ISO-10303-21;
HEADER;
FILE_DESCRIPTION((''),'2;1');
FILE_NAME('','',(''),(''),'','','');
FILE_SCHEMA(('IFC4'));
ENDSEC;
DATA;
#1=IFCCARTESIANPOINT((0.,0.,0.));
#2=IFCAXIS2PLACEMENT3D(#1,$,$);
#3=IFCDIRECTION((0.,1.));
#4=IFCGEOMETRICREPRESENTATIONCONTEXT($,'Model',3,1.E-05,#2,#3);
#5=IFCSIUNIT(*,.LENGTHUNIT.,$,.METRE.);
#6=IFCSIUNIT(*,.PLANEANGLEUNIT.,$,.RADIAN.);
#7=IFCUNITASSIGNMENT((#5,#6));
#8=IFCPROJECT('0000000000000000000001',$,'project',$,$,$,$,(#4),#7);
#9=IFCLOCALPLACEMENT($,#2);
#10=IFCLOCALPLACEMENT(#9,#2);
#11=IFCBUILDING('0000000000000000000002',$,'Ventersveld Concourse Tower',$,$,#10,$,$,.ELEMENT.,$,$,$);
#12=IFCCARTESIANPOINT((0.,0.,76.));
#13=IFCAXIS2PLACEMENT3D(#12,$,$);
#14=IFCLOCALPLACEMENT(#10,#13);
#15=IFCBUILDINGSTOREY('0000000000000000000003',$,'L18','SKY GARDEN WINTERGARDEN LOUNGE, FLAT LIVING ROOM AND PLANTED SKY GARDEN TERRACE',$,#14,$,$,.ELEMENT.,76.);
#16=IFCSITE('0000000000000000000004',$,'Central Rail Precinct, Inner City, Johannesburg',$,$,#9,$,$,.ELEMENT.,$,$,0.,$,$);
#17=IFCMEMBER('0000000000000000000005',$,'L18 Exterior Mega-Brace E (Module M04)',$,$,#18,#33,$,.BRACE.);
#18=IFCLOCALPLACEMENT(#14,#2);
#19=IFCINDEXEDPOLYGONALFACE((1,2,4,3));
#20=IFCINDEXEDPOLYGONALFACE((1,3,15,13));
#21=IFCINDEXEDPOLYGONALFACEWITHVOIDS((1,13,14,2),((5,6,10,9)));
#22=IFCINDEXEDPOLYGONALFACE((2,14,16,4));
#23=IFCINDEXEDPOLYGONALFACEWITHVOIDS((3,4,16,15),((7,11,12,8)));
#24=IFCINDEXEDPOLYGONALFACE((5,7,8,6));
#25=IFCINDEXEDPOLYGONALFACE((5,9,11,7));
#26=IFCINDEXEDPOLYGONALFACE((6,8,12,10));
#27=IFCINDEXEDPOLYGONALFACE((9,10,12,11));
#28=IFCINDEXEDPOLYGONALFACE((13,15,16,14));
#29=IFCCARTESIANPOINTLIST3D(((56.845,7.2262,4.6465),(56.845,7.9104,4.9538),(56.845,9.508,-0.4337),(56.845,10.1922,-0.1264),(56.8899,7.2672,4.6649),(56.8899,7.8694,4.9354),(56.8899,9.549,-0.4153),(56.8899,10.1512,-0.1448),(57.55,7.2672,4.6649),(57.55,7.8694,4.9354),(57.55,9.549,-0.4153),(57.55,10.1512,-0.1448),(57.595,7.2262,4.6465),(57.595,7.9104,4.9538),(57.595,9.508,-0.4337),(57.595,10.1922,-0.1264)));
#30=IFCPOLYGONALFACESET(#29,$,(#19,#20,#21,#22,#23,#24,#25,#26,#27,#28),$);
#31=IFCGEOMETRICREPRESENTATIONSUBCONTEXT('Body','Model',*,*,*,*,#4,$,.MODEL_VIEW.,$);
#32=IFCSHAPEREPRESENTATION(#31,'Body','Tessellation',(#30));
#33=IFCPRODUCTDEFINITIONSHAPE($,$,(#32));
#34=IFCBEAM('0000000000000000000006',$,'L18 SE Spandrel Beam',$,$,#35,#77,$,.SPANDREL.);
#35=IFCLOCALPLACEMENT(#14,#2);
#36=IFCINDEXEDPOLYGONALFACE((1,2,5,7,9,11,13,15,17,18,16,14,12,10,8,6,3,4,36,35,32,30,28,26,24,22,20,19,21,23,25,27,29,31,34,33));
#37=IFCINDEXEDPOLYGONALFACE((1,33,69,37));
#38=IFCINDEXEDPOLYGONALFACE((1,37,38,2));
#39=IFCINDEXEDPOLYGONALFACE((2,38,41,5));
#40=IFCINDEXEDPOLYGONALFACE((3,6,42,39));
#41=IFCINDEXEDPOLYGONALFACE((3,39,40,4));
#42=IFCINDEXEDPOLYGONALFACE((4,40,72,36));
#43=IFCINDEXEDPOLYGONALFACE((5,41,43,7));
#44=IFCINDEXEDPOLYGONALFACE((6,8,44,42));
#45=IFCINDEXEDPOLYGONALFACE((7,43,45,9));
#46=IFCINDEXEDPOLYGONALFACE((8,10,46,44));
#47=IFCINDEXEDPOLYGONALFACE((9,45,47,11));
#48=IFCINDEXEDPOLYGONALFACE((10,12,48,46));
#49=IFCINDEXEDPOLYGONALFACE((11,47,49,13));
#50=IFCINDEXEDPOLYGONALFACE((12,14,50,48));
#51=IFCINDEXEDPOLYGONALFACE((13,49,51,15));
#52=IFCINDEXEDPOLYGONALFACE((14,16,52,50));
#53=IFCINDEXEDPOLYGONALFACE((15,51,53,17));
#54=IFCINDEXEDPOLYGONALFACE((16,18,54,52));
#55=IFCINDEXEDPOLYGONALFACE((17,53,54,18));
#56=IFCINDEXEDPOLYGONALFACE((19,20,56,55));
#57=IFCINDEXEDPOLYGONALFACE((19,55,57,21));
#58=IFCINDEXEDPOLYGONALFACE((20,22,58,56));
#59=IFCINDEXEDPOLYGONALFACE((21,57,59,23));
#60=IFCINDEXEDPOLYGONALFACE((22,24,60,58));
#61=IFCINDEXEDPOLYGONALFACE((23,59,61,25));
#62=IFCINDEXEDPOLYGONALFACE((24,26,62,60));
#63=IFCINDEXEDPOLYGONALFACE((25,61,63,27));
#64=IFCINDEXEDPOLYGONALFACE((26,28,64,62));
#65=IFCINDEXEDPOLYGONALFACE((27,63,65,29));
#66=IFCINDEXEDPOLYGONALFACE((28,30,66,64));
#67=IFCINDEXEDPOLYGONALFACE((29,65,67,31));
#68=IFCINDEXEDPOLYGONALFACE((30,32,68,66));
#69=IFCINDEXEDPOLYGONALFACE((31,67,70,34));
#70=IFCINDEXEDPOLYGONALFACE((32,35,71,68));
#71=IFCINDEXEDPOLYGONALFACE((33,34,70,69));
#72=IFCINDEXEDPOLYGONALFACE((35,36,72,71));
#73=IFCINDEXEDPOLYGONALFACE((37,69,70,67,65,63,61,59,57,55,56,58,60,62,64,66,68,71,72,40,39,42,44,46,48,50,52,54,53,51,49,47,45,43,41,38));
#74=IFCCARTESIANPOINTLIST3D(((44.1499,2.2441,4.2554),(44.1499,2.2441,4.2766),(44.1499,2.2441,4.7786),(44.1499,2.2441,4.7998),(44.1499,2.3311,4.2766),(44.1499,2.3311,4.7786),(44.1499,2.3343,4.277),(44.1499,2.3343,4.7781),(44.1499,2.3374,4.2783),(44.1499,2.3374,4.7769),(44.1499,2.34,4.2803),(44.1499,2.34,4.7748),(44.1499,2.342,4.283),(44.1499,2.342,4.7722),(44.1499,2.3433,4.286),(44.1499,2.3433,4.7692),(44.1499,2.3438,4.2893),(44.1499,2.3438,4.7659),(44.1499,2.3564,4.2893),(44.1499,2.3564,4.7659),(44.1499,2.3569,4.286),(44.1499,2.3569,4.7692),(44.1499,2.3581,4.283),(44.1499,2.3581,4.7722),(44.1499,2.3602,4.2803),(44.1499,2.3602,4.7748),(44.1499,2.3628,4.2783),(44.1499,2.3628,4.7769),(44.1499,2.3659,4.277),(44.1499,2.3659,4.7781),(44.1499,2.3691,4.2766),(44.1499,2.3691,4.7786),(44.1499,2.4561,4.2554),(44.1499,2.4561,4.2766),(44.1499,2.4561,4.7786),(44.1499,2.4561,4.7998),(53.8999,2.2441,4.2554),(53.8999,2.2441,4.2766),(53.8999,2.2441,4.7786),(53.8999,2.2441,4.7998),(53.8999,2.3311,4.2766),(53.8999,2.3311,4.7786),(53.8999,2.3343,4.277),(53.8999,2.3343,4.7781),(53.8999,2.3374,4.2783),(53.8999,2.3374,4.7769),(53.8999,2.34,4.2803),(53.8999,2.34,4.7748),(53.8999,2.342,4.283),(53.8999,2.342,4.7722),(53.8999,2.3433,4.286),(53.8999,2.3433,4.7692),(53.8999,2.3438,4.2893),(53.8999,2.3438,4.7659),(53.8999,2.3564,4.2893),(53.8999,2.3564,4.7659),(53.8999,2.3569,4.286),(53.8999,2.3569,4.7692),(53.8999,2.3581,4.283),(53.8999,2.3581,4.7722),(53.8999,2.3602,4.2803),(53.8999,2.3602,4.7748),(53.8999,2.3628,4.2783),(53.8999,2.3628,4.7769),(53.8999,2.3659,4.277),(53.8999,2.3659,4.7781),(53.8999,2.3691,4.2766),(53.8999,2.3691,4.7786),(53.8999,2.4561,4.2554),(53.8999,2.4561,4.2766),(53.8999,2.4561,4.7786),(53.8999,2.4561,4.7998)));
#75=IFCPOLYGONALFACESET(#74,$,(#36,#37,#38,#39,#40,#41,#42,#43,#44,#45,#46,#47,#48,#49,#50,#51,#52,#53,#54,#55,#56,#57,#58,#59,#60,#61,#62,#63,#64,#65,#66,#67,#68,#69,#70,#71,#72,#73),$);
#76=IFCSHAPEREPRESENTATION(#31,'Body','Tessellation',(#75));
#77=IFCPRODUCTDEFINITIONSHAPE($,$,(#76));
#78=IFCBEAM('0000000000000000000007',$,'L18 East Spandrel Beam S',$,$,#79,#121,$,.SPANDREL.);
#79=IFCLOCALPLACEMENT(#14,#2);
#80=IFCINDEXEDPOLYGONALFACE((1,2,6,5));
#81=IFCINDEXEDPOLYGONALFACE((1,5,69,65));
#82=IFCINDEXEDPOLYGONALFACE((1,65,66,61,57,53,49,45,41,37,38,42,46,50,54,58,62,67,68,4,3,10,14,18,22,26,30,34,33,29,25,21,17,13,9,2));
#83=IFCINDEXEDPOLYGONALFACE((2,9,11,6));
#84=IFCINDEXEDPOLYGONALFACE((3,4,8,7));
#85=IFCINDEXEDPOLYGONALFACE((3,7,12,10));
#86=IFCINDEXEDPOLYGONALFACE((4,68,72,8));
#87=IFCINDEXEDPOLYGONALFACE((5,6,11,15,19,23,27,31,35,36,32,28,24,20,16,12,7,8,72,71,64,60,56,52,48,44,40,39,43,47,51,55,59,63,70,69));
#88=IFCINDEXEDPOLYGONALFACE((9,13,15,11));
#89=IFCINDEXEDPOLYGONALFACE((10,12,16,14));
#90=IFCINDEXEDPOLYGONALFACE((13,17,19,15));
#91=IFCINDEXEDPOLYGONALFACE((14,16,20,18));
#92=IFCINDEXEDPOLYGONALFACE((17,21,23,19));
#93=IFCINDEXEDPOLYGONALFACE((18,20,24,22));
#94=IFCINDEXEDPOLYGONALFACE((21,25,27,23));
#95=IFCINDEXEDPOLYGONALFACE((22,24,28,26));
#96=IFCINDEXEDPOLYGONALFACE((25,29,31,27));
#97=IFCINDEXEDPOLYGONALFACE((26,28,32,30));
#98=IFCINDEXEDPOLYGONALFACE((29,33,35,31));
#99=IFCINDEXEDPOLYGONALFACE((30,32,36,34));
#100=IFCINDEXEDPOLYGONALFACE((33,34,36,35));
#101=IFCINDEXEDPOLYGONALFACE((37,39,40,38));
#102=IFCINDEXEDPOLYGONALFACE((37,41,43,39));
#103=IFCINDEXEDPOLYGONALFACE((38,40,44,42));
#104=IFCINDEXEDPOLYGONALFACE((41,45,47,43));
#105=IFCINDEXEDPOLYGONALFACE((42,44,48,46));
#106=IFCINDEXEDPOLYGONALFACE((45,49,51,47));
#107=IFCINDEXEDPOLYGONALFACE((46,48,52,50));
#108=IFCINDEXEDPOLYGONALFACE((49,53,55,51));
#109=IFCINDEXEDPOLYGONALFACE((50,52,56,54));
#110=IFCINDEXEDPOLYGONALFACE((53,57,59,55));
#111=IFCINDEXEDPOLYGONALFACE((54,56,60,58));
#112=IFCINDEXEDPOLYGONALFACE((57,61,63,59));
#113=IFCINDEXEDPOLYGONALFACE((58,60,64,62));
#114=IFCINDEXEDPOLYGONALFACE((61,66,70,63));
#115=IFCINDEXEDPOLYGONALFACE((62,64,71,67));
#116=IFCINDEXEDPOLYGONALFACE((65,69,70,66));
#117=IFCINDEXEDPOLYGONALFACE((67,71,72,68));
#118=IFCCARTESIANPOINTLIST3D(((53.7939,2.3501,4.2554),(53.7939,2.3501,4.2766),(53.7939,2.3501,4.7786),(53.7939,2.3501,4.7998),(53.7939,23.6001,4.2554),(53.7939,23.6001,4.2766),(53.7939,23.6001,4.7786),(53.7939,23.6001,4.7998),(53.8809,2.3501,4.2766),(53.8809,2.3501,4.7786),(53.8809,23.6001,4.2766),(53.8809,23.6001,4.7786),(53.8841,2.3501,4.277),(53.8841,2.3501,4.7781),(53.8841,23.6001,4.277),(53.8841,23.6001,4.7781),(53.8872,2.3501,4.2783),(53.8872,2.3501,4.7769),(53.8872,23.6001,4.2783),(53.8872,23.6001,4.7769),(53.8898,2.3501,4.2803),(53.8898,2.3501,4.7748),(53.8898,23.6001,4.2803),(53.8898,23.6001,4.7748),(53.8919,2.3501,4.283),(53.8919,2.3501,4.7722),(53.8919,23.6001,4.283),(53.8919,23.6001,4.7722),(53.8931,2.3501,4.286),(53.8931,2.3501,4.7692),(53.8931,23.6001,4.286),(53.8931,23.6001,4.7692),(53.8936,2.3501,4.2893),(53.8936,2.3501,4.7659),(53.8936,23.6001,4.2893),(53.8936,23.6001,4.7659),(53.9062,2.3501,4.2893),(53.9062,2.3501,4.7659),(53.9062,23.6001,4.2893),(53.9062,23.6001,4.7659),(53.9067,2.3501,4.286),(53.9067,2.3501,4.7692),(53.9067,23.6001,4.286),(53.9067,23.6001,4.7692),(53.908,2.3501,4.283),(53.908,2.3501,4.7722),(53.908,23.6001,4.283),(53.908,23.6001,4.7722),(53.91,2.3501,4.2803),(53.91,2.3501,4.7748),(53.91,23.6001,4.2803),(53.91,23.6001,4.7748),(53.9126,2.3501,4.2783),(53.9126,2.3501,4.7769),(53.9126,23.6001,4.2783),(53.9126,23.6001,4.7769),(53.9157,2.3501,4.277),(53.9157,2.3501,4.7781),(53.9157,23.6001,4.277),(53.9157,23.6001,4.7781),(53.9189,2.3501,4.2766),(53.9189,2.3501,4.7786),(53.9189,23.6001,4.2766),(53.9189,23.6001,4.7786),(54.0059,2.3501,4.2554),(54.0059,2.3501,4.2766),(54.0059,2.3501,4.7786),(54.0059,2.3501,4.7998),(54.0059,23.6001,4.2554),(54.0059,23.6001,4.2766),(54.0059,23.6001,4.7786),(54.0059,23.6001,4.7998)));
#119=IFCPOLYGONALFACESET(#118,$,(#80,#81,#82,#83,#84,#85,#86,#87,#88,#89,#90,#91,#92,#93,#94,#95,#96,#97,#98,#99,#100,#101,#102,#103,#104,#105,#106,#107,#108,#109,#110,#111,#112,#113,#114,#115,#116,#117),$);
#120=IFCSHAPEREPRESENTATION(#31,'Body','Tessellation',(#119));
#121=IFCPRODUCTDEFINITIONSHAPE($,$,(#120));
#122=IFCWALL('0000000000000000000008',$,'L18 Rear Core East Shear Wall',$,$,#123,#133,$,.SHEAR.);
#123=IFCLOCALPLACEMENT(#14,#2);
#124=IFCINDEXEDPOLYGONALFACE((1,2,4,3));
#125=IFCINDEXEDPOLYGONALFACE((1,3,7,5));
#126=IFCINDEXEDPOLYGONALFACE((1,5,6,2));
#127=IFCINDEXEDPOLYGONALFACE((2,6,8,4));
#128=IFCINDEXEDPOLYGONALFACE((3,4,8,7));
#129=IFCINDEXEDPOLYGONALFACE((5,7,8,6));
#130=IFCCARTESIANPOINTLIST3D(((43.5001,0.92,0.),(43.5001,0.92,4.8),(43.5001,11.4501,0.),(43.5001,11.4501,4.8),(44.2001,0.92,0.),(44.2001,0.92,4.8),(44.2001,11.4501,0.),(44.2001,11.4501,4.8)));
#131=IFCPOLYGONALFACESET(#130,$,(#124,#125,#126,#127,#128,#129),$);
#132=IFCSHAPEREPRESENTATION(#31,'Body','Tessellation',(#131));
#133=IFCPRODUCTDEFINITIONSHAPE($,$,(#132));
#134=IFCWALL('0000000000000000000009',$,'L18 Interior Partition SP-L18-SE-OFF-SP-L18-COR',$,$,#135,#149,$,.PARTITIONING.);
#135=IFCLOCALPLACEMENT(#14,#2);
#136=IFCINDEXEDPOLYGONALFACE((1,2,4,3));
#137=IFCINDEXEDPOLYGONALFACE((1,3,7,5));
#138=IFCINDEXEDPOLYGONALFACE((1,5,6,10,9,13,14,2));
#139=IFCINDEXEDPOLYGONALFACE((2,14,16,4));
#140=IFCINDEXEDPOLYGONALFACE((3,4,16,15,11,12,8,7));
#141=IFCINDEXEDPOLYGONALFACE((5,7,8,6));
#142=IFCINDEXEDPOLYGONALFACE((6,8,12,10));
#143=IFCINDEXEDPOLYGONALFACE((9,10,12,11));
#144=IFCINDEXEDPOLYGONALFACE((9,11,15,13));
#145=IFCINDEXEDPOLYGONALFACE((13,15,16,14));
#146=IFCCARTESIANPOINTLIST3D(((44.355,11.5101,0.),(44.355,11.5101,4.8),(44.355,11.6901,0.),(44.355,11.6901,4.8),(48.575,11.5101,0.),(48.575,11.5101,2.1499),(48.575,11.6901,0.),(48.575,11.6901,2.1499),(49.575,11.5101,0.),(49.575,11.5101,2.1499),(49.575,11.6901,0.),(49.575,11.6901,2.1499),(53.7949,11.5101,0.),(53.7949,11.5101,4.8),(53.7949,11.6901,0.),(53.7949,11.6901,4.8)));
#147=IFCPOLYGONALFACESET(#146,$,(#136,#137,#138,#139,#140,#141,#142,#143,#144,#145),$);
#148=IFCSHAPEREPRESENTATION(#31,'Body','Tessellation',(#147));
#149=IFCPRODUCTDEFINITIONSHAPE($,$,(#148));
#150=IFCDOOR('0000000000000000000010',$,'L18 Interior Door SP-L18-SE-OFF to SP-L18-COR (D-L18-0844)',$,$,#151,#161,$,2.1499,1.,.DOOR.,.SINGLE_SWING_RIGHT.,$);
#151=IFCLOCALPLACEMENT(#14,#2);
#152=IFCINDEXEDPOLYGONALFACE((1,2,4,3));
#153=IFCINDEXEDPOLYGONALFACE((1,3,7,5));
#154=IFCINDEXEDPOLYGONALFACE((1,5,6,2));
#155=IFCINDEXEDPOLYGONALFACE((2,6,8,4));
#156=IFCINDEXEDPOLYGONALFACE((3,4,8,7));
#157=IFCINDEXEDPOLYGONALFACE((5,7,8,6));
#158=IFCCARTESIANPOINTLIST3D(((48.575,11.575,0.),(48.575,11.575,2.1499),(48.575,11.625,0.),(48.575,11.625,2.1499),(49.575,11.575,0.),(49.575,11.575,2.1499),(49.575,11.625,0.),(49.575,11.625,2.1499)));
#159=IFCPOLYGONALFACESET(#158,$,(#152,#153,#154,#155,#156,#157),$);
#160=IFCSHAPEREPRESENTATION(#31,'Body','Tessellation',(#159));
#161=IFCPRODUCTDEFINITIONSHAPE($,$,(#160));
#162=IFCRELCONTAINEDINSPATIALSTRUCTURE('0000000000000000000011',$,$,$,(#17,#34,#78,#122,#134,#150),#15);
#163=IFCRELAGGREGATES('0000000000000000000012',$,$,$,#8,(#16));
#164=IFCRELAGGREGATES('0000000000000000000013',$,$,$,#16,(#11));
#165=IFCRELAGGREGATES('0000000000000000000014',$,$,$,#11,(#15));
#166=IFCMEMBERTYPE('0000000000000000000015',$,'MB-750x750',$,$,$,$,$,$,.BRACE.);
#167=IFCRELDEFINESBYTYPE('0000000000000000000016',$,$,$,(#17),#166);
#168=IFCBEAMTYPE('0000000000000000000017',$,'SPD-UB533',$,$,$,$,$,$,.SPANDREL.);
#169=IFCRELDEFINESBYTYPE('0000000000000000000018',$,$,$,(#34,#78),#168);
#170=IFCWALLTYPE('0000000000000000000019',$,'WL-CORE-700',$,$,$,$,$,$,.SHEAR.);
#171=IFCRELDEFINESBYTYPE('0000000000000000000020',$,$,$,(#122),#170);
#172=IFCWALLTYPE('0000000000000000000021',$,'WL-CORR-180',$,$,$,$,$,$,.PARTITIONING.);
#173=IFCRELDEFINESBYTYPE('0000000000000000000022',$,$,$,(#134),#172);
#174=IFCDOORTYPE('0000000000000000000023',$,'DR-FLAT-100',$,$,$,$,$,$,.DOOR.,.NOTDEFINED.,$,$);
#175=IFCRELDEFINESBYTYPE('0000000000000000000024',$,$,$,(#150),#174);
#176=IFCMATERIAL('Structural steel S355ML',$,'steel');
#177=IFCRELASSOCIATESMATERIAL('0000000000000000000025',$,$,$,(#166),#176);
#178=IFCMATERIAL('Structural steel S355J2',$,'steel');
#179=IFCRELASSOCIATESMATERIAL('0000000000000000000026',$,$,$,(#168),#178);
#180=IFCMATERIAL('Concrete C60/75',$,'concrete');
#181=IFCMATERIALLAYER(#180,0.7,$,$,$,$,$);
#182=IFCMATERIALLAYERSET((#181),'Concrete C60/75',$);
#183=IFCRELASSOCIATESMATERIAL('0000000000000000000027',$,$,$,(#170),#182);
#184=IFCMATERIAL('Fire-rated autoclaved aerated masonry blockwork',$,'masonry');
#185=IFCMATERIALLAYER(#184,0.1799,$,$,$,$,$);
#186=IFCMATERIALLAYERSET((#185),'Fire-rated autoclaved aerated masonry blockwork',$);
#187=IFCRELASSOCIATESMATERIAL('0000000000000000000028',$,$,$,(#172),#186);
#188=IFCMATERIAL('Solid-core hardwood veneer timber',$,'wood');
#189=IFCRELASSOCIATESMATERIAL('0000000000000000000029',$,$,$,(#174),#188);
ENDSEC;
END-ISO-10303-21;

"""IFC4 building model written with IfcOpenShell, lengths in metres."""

from ifc_helpers import new_model, si_unit, direction, frame, frame_2d, origin, origin_2d, place, context, subcontext, project, spatial, rectangle, hollow_rectangle, i_section, extrude, material, layer, layer_set, material_profile, profile_set, type_object, element, fill, save


model = new_model("IFC4")

# Units and contexts
model_context = context("Model", 3, precision=1e-05, world=origin(), true_north=direction((0.0, 1.0)))
body_context = subcontext(model_context, "Body", "Model", "MODEL_VIEW")
ifc_project = project(units=[si_unit("LENGTHUNIT", "METRE"), si_unit("PLANEANGLEUNIT", "RADIAN")], contexts=[model_context])

# Site, building, storey
site_placement = place(None, origin())
site = spatial("IfcSite", under=ifc_project, at=site_placement, Name="Central Rail Precinct, Inner City, Johannesburg", CompositionType="ELEMENT", RefElevation=0.0)
building_placement = place(site_placement, origin())
building = spatial("IfcBuilding", under=site, at=building_placement, Name="Ventersveld Concourse Tower", CompositionType="ELEMENT")
storey_placement = place(building_placement, frame((0.0, 0.0, 76.0)))
storey = spatial("IfcBuildingStorey", under=building, at=storey_placement, Name="L18", Description="SKY GARDEN WINTERGARDEN LOUNGE, FLAT LIVING ROOM AND PLANTED SKY GARDEN TERRACE", CompositionType="ELEMENT", Elevation=76.0)

# Shared definitions
ifc_material_1 = material(Name="Structural steel S355J2", Category="steel")

# Member
ifc_material_2 = material(Name="Structural steel S355ML", Category="steel")
ifc_material_profile_1 = material_profile(ifc_material_2, hollow_rectangle(XDim=0.75, YDim=0.75, WallThickness=0.0449, at=origin_2d()), Name="BOX 750x750x45")
ifc_profile_set_1 = profile_set([ifc_material_profile_1], Name="Structural steel S355ML")
member_type = type_object("IfcMemberType", Name="MB-750x750", PredefinedType="BRACE", material=ifc_profile_set_1)
member_placement = place(storey_placement, frame((57.22, 9.8501, -0.28), z_axis=(0.0, -0.409723, 0.91221), x_axis=(1.0, 0.0, 0.0)))
element("IfcMember", 1, at=member_placement, inside=storey, type_object=member_type, Name="L18 Exterior Mega-Brace E (Module M04)", PredefinedType="BRACE", context=body_context, shape_type="SweptSolid", body=[
    extrude(hollow_rectangle(XDim=0.75, YDim=0.75, WallThickness=0.0449, at=origin_2d()), origin(), (0.0, 0.0, 1.0), 5.5691),
])

# Beams
ifc_material_profile_2 = material_profile(ifc_material_1, i_section(OverallWidth=0.2119, OverallDepth=0.5444, WebThickness=0.0127, FlangeThickness=0.0212, FilletRadius=0.0127, at=origin_2d()), Name="UB 533x210x122")
ifc_profile_set_2 = profile_set([ifc_material_profile_2], Name="Structural steel S355J2")
beam_type_1 = type_object("IfcBeamType", Name="SPD-UB533", PredefinedType="SPANDREL", material=ifc_profile_set_2)
beam_1_placement = place(storey_placement, frame((44.1499, 2.3501, 4.5276), z_axis=(1.0, 0.0, 0.0), x_axis=(0.0, 1.0, 0.0)))
element("IfcBeam", 2, at=beam_1_placement, inside=storey, type_object=beam_type_1, Name="L18 SE Spandrel Beam", PredefinedType="SPANDREL", context=body_context, shape_type="SweptSolid", body=[
    extrude(i_section(OverallWidth=0.2119, OverallDepth=0.5444, WebThickness=0.0127, FlangeThickness=0.0212, FilletRadius=0.0127, at=origin_2d()), origin(), (0.0, 0.0, 1.0), 9.75),
])
beam_2_placement = place(storey_placement, frame((53.8999, 2.3501, 4.5276), z_axis=(0.0, 1.0, 0.0), x_axis=(-1.0, 0.0, 0.0)))
element("IfcBeam", 3, at=beam_2_placement, inside=storey, type_object=beam_type_1, Name="L18 East Spandrel Beam S", PredefinedType="SPANDREL", context=body_context, shape_type="SweptSolid", body=[
    extrude(i_section(OverallWidth=0.2119, OverallDepth=0.5444, WebThickness=0.0127, FlangeThickness=0.0212, FilletRadius=0.0127, at=origin_2d()), origin(), (0.0, 0.0, 1.0), 21.25),
])

# Wall
ifc_material_3 = material(Name="Concrete C60/75", Category="concrete")
ifc_layer_1 = layer(ifc_material_3, 0.7)
ifc_layer_set_1 = layer_set([ifc_layer_1], Name="Concrete C60/75")
wall_type_1 = type_object("IfcWallType", Name="WL-CORE-700", PredefinedType="SHEAR", material=ifc_layer_set_1)
wall_1_placement = place(storey_placement, frame((43.8501, 0.9199, 0.0), z_axis=(0.0, 0.0, 1.0), x_axis=(0.0, 1.0, 0.0)))
element("IfcWall", 4, at=wall_1_placement, inside=storey, type_object=wall_type_1, Name="L18 Rear Core East Shear Wall", PredefinedType="SHEAR", context=body_context, shape_type="SweptSolid", body=[
    extrude(rectangle(XDim=10.53, YDim=0.7, at=frame_2d((5.2651, 0.0))), origin(), (0.0, 0.0, 1.0), 4.8),
])

# Wall, opening, door
ifc_material_4 = material(Name="Fire-rated autoclaved aerated masonry blockwork", Category="masonry")
ifc_layer_2 = layer(ifc_material_4, 0.1799)
ifc_layer_set_2 = layer_set([ifc_layer_2], Name="Fire-rated autoclaved aerated masonry blockwork")
wall_type_2 = type_object("IfcWallType", Name="WL-CORR-180", PredefinedType="PARTITIONING", material=ifc_layer_set_2)
wall_2_placement = place(storey_placement, frame((44.355, 11.6001, 0.0), z_axis=(0.0, 0.0, 1.0), x_axis=(1.0, 0.0, 0.0)))
wall_2 = element("IfcWall", 5, at=wall_2_placement, inside=storey, type_object=wall_type_2, Name="L18 Interior Partition SP-L18-SE-OFF-SP-L18-COR", PredefinedType="PARTITIONING", context=body_context, shape_type="SweptSolid", body=[
    extrude(rectangle(XDim=9.4399, YDim=0.1799, at=frame_2d((4.72, 0.0))), origin(), (0.0, 0.0, 1.0), 4.8),
])
opening_1_placement = place(wall_2_placement, frame((4.22, 0.0, 0.0)))
opening_1 = element("IfcOpeningElement", 6, at=opening_1_placement, cuts=wall_2, PredefinedType="OPENING", context=body_context, shape_type="SweptSolid", body=[
    extrude(rectangle(XDim=1.0, YDim=2.1499, at=frame_2d((0.5, 1.075))), frame((0.0, 0.1001, 0.0), z_axis=(0.0, -1.0, 0.0), x_axis=(1.0, 0.0, 0.0)), (0.0, 0.0, 1.0), 0.2),
])
ifc_material_5 = material(Name="Solid-core hardwood veneer timber", Category="wood")
door_type = type_object("IfcDoorType", Name="DR-FLAT-100", OperationType="NOTDEFINED", PredefinedType="DOOR", material=ifc_material_5)
door_1_placement = place(opening_1_placement, origin())
door_1 = element("IfcDoor", 7, at=door_1_placement, inside=storey, type_object=door_type, Name="L18 Interior Door SP-L18-SE-OFF to SP-L18-COR (D-L18-0844)", OperationType="SINGLE_SWING_RIGHT", OverallHeight=2.1499, OverallWidth=1.0, PredefinedType="DOOR", context=body_context, shape_type="SweptSolid", body=[
    extrude(rectangle(XDim=1.0, YDim=2.1499, at=frame_2d((0.5, 1.075))), frame((0.0, 0.0249, 0.0), z_axis=(0.0, -1.0, 0.0), x_axis=(1.0, 0.0, 0.0)), (0.0, 0.0, 1.0), 0.05),
])
fill(opening_1, door_1)

save(model, "model.ifc")
